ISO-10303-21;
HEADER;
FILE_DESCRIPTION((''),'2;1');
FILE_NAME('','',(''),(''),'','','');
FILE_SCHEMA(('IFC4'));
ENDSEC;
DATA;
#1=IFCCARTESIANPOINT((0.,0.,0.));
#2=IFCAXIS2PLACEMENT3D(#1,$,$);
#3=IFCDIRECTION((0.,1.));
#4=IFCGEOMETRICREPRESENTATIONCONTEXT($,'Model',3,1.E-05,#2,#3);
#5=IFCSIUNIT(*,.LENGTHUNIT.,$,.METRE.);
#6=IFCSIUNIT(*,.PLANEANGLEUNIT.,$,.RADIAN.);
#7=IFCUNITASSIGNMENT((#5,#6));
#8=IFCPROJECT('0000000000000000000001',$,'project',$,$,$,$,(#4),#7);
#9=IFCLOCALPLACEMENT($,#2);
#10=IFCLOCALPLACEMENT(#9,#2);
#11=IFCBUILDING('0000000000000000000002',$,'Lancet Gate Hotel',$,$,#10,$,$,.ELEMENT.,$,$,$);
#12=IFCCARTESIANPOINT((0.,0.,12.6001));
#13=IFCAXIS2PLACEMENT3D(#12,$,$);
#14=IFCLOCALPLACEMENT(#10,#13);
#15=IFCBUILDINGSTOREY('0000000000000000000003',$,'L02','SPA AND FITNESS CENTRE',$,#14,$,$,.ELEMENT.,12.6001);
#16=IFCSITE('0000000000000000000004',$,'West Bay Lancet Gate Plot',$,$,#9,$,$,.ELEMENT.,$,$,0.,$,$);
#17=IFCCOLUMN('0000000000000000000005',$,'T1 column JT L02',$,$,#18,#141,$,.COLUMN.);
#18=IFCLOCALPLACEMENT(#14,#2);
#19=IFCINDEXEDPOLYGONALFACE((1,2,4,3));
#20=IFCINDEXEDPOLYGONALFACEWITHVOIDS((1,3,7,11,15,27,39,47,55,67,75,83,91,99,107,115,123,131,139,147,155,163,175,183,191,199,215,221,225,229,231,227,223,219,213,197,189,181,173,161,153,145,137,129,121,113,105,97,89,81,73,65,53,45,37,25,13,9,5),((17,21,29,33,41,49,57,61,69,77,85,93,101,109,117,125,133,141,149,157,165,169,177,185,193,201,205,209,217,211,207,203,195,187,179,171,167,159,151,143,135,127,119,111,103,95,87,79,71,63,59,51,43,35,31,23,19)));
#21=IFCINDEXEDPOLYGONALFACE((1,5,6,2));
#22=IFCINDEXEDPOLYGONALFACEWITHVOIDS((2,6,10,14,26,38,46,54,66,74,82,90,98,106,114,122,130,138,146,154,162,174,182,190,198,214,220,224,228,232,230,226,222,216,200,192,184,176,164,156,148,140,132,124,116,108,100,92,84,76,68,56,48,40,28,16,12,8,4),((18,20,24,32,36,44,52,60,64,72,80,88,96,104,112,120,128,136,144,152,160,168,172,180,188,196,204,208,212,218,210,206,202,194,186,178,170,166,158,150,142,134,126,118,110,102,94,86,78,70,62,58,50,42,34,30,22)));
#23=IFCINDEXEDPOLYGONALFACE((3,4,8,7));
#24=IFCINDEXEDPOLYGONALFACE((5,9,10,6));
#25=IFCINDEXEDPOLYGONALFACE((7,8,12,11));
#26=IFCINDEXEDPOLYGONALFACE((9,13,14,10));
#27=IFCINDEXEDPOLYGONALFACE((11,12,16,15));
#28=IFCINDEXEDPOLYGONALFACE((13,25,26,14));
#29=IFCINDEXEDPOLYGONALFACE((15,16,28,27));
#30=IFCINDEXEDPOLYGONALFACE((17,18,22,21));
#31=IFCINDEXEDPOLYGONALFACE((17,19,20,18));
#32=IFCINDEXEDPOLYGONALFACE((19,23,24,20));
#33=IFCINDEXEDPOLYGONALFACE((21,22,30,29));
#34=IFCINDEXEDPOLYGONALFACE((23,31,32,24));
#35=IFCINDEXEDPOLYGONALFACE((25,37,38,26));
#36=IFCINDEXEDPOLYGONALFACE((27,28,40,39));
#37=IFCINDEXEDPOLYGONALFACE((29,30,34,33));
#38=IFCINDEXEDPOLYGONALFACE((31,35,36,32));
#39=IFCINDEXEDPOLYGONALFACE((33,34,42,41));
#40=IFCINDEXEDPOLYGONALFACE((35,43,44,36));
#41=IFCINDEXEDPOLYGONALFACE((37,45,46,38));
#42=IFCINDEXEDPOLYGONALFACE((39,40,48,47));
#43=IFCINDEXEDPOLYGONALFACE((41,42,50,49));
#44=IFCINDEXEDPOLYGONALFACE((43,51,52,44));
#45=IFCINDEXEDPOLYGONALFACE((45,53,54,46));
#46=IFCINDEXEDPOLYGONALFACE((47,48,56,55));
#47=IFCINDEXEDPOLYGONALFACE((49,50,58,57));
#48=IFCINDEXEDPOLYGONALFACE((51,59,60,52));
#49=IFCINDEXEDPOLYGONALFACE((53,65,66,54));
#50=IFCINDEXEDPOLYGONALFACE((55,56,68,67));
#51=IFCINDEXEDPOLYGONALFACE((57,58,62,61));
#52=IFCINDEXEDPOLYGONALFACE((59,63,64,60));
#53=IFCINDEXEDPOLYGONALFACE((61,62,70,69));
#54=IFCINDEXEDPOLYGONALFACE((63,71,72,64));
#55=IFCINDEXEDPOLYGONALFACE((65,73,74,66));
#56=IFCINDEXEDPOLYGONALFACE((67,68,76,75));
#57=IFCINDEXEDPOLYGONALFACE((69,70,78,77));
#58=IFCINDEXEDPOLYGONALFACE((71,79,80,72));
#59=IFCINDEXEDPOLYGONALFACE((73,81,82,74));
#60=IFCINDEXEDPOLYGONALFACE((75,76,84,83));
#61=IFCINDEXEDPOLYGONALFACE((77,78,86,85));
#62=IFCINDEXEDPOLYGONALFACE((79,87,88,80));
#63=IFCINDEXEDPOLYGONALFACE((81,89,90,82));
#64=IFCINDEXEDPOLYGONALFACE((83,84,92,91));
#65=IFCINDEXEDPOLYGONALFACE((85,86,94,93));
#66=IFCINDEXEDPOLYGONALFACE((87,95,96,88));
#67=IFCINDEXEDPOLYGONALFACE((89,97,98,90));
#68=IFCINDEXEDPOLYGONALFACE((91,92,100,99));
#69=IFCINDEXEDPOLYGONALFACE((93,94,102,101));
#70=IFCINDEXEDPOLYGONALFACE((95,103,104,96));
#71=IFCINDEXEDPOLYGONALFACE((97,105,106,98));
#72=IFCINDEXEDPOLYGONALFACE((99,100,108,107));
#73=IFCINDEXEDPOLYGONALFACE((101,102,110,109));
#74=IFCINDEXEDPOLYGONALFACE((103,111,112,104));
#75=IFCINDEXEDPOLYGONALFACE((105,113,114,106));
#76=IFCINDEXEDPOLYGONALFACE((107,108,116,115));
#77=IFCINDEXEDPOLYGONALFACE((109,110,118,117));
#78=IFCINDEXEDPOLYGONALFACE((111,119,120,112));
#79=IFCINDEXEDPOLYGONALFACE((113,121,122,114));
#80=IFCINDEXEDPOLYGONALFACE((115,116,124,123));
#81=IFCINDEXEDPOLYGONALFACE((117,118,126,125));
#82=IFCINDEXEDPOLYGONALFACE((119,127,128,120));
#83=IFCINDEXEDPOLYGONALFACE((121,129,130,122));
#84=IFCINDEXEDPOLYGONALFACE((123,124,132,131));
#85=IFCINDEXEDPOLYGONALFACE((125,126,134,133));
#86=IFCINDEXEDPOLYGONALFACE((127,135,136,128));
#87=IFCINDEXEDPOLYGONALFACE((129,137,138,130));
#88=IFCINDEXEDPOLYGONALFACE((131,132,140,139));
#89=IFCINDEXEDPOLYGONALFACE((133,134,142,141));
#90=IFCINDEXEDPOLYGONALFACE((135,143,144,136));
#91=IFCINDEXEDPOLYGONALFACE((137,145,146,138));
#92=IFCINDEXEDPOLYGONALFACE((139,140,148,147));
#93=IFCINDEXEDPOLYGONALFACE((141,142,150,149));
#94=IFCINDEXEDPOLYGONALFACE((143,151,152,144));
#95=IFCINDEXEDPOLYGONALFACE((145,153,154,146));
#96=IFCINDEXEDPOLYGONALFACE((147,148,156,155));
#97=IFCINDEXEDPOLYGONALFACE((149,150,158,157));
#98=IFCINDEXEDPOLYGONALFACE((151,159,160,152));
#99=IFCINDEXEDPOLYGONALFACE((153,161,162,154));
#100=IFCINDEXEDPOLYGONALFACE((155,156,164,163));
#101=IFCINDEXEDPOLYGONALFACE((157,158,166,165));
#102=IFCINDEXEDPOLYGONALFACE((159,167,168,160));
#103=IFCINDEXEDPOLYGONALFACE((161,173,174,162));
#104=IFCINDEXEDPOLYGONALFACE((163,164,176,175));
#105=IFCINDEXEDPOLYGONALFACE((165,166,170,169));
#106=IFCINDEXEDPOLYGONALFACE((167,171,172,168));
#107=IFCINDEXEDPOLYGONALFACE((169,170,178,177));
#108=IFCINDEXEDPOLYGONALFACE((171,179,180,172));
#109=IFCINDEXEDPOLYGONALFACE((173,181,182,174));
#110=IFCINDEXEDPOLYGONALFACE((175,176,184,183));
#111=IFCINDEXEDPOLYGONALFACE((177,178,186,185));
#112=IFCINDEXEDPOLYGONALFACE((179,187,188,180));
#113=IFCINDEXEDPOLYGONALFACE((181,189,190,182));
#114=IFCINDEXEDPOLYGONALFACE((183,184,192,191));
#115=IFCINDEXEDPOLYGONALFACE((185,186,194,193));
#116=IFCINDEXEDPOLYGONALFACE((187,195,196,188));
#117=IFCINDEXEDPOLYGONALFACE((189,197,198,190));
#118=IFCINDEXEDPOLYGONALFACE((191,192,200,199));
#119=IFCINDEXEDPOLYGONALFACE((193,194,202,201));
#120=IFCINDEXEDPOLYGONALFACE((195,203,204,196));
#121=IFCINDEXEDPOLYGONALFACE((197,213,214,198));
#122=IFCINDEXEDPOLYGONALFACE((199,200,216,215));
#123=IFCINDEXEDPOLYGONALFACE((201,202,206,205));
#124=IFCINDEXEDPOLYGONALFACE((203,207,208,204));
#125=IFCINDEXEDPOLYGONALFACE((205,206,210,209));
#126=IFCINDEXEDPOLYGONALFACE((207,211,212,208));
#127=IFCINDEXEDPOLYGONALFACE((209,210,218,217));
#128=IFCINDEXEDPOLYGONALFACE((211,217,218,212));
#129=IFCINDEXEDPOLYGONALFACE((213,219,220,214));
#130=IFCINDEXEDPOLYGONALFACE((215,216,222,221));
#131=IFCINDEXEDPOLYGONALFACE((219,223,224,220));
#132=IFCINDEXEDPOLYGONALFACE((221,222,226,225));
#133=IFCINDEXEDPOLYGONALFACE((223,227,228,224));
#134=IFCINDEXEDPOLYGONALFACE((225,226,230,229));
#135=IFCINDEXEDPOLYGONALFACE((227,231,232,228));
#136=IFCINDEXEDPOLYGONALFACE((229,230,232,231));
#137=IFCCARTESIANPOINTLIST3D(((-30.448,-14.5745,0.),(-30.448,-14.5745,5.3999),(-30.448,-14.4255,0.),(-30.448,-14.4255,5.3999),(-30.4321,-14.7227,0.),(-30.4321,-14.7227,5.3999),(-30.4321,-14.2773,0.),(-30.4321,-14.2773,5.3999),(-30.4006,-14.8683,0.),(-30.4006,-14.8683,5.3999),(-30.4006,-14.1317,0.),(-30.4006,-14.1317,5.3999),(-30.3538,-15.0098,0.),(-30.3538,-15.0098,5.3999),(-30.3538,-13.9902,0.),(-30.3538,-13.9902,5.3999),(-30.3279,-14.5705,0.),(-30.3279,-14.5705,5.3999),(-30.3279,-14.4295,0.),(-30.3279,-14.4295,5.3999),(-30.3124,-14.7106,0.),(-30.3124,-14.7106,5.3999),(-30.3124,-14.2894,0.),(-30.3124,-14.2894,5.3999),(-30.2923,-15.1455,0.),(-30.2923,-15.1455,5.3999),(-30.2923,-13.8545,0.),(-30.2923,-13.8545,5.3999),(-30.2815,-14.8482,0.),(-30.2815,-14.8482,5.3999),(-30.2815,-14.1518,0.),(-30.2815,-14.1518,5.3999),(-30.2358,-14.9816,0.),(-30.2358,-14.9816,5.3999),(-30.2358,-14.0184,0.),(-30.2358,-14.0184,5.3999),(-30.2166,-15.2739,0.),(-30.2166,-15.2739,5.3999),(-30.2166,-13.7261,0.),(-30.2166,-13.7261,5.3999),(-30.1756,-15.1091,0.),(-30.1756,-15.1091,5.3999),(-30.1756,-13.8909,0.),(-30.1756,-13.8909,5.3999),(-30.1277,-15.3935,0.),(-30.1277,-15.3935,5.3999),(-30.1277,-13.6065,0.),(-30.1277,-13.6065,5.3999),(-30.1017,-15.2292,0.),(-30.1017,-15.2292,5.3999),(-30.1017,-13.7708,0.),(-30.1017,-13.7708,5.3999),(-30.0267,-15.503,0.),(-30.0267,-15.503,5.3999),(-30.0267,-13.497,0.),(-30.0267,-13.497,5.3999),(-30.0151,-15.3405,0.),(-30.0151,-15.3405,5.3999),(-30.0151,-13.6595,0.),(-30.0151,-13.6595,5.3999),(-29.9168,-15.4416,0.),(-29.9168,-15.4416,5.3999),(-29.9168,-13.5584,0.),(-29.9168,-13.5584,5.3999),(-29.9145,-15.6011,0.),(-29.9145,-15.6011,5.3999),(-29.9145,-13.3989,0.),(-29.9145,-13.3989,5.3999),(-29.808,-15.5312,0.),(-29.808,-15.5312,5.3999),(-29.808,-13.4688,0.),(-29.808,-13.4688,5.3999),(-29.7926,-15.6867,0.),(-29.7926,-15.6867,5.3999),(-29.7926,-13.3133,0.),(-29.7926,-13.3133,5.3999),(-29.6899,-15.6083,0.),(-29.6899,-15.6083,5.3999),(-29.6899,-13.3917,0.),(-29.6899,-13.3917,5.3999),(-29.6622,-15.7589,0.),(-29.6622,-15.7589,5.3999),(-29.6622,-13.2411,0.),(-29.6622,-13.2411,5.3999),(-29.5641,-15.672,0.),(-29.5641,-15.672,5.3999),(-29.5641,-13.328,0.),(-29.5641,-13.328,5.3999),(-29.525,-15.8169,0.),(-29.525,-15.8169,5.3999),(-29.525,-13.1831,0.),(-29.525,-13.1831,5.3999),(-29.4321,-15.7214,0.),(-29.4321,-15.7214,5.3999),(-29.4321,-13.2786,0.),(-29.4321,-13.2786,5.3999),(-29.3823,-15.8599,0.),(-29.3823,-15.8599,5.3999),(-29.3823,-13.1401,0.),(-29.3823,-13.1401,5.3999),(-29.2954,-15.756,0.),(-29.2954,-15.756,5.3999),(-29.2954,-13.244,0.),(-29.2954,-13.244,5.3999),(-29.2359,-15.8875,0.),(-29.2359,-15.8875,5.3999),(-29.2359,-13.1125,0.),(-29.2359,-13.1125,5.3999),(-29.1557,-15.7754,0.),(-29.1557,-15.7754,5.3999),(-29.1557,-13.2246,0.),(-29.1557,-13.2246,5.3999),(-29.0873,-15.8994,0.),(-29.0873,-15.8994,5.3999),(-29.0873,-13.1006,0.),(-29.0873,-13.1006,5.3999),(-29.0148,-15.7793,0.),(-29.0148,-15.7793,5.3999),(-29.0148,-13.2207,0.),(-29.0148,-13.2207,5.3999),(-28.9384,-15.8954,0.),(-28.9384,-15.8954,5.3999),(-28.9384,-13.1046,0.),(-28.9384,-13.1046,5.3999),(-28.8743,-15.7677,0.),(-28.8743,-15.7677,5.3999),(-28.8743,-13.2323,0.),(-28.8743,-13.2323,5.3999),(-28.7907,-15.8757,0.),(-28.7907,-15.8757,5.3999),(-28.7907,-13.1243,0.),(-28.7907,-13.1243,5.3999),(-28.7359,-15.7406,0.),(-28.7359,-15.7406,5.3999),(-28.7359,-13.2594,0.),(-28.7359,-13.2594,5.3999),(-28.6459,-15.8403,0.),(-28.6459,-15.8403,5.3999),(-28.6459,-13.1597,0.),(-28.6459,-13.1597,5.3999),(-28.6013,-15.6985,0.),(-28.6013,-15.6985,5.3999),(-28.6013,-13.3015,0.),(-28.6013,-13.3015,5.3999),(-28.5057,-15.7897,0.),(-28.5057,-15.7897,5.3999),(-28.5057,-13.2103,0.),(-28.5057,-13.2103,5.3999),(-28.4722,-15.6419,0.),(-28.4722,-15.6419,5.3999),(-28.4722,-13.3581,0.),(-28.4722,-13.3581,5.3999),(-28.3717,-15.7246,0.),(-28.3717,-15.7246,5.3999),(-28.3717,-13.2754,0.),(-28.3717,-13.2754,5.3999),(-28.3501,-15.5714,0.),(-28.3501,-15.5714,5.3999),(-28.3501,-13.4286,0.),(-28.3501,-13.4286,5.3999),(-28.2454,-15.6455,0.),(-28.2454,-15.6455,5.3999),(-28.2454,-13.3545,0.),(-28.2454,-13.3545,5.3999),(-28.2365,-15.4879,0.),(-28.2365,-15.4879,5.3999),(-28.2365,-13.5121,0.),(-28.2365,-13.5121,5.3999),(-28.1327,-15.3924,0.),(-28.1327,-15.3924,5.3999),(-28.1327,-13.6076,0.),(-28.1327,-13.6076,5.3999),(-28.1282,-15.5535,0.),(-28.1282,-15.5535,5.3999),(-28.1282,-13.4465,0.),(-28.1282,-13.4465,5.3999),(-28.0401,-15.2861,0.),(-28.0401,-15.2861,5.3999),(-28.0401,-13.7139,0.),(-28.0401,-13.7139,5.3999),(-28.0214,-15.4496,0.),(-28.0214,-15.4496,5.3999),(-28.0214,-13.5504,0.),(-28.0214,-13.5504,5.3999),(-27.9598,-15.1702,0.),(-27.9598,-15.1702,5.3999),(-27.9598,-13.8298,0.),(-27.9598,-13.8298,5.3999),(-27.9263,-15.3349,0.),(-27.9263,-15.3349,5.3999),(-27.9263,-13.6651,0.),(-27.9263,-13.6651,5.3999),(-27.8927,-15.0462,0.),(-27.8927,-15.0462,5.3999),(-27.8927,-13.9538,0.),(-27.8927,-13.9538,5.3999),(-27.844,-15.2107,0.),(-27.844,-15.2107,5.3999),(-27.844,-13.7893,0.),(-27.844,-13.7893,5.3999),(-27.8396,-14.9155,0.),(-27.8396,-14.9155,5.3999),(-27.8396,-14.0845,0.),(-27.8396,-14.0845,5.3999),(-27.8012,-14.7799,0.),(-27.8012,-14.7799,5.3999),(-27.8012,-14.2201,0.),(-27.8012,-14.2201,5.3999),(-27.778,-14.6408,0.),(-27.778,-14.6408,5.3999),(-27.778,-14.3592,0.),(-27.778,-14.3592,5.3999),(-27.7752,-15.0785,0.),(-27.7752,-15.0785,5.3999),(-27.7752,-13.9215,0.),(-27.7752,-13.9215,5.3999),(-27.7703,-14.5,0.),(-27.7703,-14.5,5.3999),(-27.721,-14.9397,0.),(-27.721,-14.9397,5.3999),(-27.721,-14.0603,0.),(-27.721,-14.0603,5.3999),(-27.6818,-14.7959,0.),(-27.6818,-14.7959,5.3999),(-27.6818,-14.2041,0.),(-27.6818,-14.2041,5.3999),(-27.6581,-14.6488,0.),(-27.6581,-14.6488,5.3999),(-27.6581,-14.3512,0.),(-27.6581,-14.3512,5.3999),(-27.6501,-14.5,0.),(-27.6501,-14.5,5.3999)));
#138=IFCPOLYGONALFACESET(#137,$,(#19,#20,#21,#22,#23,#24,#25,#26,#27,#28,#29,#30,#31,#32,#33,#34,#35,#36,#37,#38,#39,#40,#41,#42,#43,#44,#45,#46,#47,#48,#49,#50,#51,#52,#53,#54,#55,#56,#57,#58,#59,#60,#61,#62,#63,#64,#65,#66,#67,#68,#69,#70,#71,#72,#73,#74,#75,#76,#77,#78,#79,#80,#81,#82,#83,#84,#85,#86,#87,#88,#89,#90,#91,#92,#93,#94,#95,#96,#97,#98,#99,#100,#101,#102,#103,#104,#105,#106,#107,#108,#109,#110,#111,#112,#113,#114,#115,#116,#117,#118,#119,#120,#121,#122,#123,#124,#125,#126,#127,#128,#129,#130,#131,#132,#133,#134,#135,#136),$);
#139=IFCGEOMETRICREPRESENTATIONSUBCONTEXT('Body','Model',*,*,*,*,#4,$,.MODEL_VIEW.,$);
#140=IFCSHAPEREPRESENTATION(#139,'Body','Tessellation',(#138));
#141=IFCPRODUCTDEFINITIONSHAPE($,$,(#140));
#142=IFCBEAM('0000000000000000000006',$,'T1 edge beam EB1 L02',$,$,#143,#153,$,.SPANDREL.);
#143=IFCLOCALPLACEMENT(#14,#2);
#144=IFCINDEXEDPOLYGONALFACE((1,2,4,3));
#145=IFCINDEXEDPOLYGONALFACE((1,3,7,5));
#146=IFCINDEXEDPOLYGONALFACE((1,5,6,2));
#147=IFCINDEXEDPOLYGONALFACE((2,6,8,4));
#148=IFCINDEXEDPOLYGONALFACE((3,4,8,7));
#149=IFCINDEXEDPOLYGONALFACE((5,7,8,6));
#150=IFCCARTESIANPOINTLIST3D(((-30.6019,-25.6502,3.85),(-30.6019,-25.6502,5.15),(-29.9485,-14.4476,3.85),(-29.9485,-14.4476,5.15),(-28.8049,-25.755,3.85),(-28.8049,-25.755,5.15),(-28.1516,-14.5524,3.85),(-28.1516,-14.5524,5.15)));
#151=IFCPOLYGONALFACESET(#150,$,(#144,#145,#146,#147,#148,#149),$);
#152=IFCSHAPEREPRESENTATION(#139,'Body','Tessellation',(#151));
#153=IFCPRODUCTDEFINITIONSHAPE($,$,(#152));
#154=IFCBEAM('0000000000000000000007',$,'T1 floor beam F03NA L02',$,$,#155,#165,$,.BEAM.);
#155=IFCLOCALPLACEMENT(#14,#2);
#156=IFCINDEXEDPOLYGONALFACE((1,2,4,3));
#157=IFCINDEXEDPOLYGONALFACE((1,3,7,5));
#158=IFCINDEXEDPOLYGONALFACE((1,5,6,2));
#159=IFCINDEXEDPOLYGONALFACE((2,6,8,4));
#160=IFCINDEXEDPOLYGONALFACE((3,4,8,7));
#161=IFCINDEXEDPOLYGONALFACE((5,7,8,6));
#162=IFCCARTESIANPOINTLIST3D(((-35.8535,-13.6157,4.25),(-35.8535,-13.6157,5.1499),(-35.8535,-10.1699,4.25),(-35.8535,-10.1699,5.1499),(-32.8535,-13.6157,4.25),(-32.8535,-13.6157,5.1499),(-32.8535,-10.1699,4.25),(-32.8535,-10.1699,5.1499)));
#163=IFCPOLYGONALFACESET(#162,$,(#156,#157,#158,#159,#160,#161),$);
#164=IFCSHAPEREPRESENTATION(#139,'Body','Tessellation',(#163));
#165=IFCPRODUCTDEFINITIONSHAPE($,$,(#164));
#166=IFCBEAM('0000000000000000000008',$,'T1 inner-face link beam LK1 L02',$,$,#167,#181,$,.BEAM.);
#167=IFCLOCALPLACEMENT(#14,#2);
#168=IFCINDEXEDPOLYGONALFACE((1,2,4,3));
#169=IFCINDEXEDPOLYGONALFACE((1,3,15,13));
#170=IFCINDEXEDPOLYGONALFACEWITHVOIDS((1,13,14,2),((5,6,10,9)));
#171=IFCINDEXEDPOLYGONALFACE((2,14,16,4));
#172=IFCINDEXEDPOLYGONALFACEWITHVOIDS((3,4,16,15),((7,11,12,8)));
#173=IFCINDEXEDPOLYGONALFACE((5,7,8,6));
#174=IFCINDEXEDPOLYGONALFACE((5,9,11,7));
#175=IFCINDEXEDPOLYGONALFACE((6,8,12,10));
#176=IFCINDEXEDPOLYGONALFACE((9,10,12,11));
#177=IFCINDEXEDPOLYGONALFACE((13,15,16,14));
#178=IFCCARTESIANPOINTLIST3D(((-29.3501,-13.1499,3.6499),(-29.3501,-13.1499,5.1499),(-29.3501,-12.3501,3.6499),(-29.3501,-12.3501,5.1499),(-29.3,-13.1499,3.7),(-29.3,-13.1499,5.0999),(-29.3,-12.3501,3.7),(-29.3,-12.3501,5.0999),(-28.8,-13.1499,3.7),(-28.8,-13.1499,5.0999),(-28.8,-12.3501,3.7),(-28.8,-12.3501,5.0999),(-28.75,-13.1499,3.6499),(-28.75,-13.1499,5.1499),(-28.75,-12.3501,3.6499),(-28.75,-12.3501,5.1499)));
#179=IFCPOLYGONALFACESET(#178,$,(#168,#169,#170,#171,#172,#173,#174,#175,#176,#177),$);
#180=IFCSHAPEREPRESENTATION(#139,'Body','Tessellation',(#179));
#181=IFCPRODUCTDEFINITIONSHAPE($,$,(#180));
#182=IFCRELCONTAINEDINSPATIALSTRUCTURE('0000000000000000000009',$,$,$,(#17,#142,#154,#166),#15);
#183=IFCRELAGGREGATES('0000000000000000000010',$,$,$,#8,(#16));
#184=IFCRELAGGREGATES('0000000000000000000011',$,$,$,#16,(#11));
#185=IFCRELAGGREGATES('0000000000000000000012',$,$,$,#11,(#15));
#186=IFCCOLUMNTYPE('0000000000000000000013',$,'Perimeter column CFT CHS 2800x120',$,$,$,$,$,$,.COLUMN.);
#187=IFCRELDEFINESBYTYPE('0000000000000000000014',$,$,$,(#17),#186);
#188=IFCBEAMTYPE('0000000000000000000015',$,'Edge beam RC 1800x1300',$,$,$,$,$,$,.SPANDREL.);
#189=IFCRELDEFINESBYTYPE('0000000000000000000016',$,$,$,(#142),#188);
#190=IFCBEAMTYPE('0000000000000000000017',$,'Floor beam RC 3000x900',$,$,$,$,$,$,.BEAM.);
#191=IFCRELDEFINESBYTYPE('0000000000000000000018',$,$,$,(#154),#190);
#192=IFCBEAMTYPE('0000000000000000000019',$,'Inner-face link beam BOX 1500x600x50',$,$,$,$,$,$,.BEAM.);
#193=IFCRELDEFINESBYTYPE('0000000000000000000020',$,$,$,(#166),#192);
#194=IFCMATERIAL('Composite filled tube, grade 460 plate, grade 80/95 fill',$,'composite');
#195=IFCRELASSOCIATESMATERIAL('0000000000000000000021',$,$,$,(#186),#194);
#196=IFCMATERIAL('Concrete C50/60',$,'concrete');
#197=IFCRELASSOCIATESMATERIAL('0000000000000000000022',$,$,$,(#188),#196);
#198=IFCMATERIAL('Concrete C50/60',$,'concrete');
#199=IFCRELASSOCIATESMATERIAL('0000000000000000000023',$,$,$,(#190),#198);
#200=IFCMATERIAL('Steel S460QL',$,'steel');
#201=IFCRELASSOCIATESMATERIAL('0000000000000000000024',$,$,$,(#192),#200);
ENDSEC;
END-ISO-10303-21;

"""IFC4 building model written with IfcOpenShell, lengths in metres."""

from ifc_helpers import new_model, si_unit, direction, frame, origin, origin_2d, place, context, subcontext, project, spatial, rectangle, hollow_rectangle, hollow_circle, extrude, material, material_profile, profile_set, type_object, element, save


model = new_model("IFC4")

# Units and contexts
model_context = context("Model", 3, precision=1e-05, world=origin(), true_north=direction((0.0, 1.0)))
body_context = subcontext(model_context, "Body", "Model", "MODEL_VIEW")
ifc_project = project(units=[si_unit("LENGTHUNIT", "METRE"), si_unit("PLANEANGLEUNIT", "RADIAN")], contexts=[model_context])

# Site, building, storey
site_placement = place(None, origin())
site = spatial("IfcSite", under=ifc_project, at=site_placement, Name="West Bay Lancet Gate Plot", CompositionType="ELEMENT", RefElevation=0.0)
building_placement = place(site_placement, origin())
building = spatial("IfcBuilding", under=site, at=building_placement, Name="Lancet Gate Hotel", CompositionType="ELEMENT")
storey_placement = place(building_placement, frame((0.0, 0.0, 12.6001)))
storey = spatial("IfcBuildingStorey", under=building, at=storey_placement, Name="L02", Description="SPA AND FITNESS CENTRE", CompositionType="ELEMENT", Elevation=12.6001)

# Column
ifc_material_1 = material(Name="Composite filled tube, grade 460 plate, grade 80/95 fill", Category="composite")
ifc_material_profile_1 = material_profile(ifc_material_1, hollow_circle(Radius=1.3999, WallThickness=0.1201, at=origin_2d()), Name="CHS 2800x120")
ifc_profile_set_1 = profile_set([ifc_material_profile_1], Name="Composite filled tube, grade 460 plate, grade 80/95 fill")
column_type = type_object("IfcColumnType", Name="Perimeter column CFT CHS 2800x120", PredefinedType="COLUMN", material=ifc_profile_set_1)
for number, where, z_axis, x_axis, name in (
    (1, (-29.05, -14.5, 0.0), (0.0, 0.0, 1.0), (1.0, 0.0, 0.0), "T1 column JT L02"),
):
    element("IfcColumn", number, at=place(storey_placement, frame(where, z_axis=z_axis, x_axis=x_axis)), inside=storey, type_object=column_type, Name=name, PredefinedType="COLUMN", context=body_context, shape_type="SweptSolid", body=[
        extrude(hollow_circle(Radius=1.3999, WallThickness=0.1201, at=origin_2d()), origin(), (0.0, 0.0, 1.0), 5.3999),
    ])

# Beams
ifc_material_2 = material(Name="Concrete C50/60", Category="concrete")
ifc_material_profile_2 = material_profile(ifc_material_2, rectangle(XDim=1.8, YDim=1.3, at=origin_2d()), Name="RC 1800x1300")
ifc_profile_set_2 = profile_set([ifc_material_profile_2], Name="Concrete C50/60")
beam_type_1 = type_object("IfcBeamType", Name="Edge beam RC 1800x1300", PredefinedType="SPANDREL", material=ifc_profile_set_2)
beam_1_placement = place(storey_placement, frame((-29.05, -14.5, 4.5), z_axis=(-0.05822, -0.998304, 0.0), x_axis=(0.998304, -0.05822, 0.0)))
element("IfcBeam", 2, at=beam_1_placement, inside=storey, type_object=beam_type_1, Name="T1 edge beam EB1 L02", PredefinedType="SPANDREL", context=body_context, shape_type="SweptSolid", body=[
    extrude(rectangle(XDim=1.8, YDim=1.3, at=origin_2d()), origin(), (0.0, 0.0, 1.0), 11.2217),
])
ifc_material_3 = material(Name="Concrete C50/60", Category="concrete")
ifc_material_profile_3 = material_profile(ifc_material_3, rectangle(XDim=3.0, YDim=0.8999, at=origin_2d()), Name="RC 3000x900")
ifc_profile_set_3 = profile_set([ifc_material_profile_3], Name="Concrete C50/60")
beam_type_2 = type_object("IfcBeamType", Name="Floor beam RC 3000x900", PredefinedType="BEAM", material=ifc_profile_set_3)
beam_2_placement = place(storey_placement, frame((-34.3535, -10.1699, 4.7), z_axis=(0.0, -1.0, 0.0), x_axis=(1.0, 0.0, 0.0)))
element("IfcBeam", 3, at=beam_2_placement, inside=storey, type_object=beam_type_2, Name="T1 floor beam F03NA L02", PredefinedType="BEAM", context=body_context, shape_type="SweptSolid", body=[
    extrude(rectangle(XDim=3.0, YDim=0.8999, at=origin_2d()), origin(), (0.0, 0.0, 1.0), 3.4458),
])
ifc_material_4 = material(Name="Steel S460QL", Category="steel")
ifc_material_profile_4 = material_profile(ifc_material_4, hollow_rectangle(XDim=0.6001, YDim=1.5, WallThickness=0.05, at=origin_2d()), Name="BOX 1500x600x50")
ifc_profile_set_4 = profile_set([ifc_material_profile_4], Name="Steel S460QL")
beam_type_3 = type_object("IfcBeamType", Name="Inner-face link beam BOX 1500x600x50", PredefinedType="BEAM", material=ifc_profile_set_4)
beam_3_placement = place(storey_placement, frame((-29.05, -12.3501, 4.3999), z_axis=(0.0, -1.0, 0.0), x_axis=(1.0, 0.0, 0.0)))
element("IfcBeam", 4, at=beam_3_placement, inside=storey, type_object=beam_type_3, Name="T1 inner-face link beam LK1 L02", PredefinedType="BEAM", context=body_context, shape_type="SweptSolid", body=[
    extrude(hollow_rectangle(XDim=0.6001, YDim=1.5, WallThickness=0.05, at=origin_2d()), origin(), (0.0, 0.0, 1.0), 0.7998),
])

save(model, "model.ifc")
